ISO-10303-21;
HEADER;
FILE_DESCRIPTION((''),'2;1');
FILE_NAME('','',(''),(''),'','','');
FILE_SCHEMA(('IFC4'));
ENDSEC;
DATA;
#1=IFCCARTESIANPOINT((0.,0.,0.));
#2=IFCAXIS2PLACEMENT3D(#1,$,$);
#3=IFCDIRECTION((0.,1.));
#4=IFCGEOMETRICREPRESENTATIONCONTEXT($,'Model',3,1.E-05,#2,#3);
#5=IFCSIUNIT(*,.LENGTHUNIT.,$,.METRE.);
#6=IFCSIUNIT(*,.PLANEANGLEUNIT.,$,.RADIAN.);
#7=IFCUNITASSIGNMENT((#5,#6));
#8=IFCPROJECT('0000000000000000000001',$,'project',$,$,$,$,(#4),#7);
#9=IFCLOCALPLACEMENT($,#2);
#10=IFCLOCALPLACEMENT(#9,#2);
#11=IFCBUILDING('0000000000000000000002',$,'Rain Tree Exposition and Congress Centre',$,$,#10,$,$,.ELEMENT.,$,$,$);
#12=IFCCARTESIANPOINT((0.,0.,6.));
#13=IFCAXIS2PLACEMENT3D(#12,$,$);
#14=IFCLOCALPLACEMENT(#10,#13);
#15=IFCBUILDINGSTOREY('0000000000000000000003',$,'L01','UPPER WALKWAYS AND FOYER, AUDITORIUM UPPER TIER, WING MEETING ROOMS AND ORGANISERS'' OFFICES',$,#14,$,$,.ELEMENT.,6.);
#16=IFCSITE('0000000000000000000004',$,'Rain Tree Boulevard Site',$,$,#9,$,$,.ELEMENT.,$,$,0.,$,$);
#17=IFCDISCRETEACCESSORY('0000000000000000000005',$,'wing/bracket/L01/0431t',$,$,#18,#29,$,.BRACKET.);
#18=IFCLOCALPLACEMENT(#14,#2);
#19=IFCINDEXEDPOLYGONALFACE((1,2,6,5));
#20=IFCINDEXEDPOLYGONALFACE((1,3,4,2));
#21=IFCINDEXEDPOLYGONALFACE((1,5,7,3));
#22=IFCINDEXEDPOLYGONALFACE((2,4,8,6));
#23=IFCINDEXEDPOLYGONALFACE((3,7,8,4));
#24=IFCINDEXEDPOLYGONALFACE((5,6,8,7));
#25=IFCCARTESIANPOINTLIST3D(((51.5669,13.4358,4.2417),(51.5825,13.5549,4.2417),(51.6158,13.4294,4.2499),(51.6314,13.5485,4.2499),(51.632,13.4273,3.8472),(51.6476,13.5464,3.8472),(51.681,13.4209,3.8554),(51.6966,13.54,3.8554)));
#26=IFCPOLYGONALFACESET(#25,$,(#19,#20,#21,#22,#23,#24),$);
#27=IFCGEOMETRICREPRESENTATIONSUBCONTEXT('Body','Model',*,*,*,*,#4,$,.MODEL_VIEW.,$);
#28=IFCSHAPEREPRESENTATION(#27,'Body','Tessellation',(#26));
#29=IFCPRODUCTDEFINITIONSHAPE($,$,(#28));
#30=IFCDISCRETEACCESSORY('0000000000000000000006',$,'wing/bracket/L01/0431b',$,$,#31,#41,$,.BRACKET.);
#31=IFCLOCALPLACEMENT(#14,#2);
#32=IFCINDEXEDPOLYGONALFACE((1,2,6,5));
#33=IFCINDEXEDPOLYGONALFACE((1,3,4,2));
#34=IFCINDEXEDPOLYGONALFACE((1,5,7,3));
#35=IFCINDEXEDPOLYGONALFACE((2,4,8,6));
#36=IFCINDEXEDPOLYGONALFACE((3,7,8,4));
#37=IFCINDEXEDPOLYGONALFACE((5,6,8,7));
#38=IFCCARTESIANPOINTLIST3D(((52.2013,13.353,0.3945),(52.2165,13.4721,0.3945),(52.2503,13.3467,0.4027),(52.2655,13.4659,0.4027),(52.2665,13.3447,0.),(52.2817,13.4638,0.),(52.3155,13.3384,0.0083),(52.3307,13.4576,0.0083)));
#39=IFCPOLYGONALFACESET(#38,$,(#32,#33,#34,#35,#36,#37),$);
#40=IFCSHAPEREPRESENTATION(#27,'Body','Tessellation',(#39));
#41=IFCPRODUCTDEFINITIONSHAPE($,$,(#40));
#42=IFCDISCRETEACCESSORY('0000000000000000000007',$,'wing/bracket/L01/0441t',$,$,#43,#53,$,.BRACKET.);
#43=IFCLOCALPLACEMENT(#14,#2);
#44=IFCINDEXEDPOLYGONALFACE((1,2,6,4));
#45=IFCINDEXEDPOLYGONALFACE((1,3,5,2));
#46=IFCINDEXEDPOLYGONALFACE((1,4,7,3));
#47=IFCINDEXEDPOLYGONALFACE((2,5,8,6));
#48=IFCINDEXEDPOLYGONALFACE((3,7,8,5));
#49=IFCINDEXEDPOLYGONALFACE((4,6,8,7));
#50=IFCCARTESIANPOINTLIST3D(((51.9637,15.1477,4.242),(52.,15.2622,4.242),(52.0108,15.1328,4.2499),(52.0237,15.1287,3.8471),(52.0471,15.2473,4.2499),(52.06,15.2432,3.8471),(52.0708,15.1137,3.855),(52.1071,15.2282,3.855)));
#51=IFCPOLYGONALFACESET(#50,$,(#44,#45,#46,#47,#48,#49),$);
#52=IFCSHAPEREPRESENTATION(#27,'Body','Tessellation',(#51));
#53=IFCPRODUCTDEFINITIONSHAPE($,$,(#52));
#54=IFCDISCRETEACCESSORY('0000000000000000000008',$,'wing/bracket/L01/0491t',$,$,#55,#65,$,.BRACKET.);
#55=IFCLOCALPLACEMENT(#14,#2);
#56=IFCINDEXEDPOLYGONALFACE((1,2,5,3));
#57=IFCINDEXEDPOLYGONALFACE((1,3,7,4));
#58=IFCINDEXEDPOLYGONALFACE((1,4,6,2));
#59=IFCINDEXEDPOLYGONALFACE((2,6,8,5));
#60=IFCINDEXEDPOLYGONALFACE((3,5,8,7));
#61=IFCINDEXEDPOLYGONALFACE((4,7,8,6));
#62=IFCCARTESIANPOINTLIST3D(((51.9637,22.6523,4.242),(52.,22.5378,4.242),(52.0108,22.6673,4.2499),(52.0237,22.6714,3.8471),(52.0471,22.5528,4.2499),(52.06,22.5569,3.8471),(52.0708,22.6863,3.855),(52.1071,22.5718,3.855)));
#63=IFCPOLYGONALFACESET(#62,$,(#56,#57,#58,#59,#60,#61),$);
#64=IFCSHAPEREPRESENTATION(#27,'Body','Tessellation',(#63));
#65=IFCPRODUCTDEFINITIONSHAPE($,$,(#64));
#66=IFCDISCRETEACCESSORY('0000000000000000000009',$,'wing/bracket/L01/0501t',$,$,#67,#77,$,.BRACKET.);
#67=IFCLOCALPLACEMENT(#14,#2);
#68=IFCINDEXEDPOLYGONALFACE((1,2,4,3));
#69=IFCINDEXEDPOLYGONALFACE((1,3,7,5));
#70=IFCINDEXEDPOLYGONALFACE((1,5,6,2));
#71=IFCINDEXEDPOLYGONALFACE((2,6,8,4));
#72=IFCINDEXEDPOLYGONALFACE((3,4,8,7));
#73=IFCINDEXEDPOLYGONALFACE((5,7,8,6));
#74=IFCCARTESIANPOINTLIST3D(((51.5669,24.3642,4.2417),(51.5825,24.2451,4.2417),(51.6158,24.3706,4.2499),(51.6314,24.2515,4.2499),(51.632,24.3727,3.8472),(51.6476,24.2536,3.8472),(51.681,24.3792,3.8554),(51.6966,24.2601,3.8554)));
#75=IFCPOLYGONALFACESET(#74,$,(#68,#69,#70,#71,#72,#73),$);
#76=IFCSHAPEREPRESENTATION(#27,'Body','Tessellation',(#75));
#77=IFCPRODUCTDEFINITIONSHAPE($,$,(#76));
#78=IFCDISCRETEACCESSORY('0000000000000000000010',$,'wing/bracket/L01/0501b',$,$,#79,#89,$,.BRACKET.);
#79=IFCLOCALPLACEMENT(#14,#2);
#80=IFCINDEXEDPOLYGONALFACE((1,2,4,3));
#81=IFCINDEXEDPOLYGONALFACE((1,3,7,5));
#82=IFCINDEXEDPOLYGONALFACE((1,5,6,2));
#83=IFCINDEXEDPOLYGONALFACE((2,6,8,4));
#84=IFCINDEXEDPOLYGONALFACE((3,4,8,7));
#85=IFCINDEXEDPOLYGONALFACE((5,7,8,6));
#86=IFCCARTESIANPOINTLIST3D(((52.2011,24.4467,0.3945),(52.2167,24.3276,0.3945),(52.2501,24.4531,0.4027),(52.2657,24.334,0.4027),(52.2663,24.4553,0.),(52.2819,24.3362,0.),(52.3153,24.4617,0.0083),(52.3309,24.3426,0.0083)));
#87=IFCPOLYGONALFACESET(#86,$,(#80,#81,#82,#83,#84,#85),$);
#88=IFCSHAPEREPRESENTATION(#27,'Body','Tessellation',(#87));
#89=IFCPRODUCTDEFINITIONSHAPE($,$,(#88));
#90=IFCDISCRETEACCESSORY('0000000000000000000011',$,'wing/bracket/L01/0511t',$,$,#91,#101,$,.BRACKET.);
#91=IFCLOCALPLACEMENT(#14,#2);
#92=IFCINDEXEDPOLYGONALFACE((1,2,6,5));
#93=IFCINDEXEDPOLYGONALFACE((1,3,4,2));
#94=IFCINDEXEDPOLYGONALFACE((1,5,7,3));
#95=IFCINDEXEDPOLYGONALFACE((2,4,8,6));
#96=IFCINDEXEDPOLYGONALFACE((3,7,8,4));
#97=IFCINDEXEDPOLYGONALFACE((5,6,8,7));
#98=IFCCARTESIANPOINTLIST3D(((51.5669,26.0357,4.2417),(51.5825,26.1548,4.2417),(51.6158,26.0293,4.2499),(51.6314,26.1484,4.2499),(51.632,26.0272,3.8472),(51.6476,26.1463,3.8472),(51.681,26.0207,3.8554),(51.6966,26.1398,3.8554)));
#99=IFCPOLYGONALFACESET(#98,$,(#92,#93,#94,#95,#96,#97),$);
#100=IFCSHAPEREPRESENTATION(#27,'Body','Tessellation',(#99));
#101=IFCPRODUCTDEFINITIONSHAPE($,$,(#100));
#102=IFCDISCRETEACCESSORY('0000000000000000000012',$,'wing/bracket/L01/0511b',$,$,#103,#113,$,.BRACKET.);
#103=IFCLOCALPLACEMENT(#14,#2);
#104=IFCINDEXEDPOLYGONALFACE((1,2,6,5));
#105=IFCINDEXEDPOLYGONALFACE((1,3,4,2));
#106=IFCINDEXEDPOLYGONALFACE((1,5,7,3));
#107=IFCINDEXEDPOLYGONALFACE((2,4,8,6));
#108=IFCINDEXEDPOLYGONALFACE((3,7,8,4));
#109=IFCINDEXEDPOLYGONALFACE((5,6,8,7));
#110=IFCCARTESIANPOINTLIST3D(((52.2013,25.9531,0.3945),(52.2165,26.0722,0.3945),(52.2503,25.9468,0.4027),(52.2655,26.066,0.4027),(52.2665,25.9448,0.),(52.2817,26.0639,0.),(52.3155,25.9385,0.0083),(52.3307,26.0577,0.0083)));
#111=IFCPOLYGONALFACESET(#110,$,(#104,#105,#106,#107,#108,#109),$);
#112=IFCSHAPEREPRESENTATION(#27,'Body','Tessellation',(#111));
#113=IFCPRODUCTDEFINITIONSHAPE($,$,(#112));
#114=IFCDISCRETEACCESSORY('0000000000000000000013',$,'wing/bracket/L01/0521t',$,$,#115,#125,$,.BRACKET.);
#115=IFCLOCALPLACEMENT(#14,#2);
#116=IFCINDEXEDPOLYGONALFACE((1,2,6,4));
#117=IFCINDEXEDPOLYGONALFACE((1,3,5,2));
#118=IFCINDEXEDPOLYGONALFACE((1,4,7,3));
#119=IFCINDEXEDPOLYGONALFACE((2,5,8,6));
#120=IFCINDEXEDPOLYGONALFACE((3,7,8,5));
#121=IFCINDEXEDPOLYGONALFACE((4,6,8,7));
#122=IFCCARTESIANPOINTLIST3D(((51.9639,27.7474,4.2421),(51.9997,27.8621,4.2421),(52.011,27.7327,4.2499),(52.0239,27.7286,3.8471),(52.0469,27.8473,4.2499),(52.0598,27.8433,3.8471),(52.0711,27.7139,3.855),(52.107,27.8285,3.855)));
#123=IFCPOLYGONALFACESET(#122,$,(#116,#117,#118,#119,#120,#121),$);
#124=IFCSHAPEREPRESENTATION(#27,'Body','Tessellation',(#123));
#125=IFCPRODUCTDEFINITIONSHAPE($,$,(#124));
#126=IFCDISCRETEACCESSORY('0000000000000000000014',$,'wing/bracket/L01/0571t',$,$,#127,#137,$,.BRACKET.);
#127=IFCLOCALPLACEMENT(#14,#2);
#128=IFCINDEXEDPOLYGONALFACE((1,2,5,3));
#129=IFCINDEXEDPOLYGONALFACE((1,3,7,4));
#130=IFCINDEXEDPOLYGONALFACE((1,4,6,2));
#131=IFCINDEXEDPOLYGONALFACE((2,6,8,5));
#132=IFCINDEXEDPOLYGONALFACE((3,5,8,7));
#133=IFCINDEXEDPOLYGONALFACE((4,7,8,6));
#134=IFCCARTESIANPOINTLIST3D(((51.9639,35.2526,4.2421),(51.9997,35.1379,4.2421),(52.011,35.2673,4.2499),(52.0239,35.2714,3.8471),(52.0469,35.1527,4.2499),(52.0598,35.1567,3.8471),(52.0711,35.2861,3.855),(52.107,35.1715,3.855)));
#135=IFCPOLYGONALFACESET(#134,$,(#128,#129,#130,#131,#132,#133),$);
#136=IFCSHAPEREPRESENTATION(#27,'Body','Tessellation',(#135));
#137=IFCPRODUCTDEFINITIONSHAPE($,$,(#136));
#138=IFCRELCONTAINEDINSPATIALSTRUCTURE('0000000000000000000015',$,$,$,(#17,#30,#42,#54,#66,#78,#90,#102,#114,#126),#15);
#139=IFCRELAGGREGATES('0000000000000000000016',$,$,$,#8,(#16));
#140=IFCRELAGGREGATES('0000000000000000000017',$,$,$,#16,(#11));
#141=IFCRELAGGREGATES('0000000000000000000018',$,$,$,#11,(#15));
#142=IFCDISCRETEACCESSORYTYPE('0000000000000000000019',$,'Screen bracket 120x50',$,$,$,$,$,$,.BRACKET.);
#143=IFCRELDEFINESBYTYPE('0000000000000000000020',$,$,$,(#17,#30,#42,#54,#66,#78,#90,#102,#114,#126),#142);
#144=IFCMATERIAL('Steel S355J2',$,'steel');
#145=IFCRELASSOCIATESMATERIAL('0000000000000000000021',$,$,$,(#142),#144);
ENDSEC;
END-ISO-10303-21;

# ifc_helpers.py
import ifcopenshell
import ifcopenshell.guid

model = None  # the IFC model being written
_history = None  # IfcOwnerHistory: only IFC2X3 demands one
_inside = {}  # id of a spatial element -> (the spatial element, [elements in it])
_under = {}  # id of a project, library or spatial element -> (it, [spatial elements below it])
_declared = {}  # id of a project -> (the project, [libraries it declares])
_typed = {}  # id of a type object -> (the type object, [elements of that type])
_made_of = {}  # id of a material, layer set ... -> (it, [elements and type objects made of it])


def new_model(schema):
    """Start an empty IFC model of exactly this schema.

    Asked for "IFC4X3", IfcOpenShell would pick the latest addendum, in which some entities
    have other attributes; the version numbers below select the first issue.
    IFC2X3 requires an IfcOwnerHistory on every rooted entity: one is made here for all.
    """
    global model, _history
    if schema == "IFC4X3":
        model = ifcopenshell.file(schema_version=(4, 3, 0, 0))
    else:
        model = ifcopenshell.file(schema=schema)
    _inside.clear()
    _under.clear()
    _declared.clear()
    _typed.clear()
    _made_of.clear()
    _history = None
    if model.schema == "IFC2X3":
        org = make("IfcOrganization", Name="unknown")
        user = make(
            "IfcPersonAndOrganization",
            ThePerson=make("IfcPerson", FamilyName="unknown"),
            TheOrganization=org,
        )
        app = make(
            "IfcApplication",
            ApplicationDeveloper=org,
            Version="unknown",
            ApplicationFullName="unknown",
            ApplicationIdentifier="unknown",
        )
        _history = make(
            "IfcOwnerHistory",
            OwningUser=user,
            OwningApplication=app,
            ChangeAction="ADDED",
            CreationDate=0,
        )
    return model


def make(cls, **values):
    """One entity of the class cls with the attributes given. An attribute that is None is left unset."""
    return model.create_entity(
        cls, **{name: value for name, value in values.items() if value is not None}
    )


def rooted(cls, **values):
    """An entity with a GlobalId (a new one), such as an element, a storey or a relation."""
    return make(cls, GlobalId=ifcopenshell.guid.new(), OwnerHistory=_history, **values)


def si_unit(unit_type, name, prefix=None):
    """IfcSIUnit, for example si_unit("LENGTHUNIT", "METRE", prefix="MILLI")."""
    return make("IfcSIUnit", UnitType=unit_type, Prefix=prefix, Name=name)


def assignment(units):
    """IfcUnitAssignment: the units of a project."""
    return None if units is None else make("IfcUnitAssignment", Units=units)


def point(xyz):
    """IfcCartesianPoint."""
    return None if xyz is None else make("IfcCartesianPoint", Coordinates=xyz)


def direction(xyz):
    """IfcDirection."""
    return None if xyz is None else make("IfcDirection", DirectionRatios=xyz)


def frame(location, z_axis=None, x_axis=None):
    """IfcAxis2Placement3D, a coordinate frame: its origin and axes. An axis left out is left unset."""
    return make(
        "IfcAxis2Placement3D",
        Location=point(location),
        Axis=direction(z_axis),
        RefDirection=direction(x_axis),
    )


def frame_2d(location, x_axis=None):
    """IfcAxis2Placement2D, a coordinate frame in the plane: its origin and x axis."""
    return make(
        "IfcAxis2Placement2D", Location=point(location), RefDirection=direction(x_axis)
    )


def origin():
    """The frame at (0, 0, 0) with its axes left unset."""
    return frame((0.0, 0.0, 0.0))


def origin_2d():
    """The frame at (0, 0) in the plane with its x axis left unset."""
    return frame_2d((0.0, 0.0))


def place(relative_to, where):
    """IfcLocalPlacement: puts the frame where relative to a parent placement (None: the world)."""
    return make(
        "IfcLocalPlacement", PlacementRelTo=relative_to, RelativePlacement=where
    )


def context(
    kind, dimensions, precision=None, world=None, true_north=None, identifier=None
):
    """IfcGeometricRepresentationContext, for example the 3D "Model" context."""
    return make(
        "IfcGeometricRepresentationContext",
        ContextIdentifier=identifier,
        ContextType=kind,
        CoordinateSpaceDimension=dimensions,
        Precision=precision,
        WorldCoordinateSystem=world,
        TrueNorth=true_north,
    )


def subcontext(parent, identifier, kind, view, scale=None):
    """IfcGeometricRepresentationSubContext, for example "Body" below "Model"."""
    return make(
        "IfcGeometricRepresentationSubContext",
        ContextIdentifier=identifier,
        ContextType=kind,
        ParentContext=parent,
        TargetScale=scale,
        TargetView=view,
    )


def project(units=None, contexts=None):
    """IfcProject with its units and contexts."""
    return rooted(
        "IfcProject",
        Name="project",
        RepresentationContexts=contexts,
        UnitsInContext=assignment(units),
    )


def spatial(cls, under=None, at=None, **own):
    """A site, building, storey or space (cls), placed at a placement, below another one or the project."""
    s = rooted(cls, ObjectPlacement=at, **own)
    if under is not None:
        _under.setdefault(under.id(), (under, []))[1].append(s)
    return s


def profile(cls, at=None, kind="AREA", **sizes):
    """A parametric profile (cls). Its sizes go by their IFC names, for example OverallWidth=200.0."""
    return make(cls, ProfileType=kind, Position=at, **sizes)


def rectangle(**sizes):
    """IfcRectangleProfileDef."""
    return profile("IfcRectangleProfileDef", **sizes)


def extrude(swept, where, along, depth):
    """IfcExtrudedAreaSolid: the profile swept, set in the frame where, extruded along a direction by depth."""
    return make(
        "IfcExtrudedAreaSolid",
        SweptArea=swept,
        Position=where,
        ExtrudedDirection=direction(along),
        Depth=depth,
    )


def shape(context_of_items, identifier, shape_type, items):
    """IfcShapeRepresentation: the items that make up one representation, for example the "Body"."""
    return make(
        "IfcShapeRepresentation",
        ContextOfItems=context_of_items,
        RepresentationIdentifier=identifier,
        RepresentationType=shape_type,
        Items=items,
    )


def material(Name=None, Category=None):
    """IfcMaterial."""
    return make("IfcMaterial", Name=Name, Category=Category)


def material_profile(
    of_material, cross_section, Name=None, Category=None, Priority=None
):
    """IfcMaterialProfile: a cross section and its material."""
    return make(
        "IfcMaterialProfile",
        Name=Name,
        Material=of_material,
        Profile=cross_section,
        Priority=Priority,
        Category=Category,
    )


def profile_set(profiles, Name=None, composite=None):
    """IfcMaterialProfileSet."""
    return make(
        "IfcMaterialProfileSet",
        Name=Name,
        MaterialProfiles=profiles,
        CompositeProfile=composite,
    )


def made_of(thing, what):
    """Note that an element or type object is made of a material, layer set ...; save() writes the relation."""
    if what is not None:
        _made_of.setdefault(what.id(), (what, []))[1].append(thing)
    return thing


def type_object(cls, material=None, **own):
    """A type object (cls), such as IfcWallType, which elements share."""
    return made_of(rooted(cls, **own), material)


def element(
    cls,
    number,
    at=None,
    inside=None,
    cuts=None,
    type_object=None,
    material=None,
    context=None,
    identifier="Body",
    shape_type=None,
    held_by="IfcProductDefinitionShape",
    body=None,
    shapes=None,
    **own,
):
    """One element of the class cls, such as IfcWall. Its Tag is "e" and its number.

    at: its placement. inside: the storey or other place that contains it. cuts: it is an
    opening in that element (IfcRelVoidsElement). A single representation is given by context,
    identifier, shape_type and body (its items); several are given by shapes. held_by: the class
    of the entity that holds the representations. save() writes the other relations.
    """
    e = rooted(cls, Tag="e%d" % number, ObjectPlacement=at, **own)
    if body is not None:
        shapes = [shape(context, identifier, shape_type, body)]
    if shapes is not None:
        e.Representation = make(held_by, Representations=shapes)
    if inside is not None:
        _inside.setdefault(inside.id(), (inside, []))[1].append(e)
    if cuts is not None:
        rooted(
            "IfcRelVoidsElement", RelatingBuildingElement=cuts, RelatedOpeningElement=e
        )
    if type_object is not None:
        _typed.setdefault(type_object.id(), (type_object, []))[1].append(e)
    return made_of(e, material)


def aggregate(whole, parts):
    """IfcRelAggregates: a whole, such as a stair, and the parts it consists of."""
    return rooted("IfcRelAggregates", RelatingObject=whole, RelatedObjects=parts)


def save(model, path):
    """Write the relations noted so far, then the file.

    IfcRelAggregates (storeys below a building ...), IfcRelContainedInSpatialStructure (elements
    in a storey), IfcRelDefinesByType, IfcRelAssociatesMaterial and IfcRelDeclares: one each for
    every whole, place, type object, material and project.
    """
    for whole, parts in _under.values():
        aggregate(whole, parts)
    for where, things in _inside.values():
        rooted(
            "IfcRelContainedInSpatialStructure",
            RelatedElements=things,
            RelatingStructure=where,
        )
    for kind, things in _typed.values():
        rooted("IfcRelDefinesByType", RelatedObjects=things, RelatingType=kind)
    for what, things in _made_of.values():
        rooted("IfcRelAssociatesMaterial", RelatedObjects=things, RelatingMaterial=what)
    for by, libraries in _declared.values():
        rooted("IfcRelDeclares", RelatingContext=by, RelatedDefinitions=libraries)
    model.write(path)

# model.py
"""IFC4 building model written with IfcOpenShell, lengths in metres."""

from ifc_helpers import new_model, si_unit, direction, frame, origin, origin_2d, place, context, subcontext, project, spatial, rectangle, extrude, material, material_profile, profile_set, type_object, element, save


model = new_model("IFC4")

# Units and contexts
model_context = context("Model", 3, precision=1e-05, world=origin(), true_north=direction((0.0, 1.0)))
body_context = subcontext(model_context, "Body", "Model", "MODEL_VIEW")
ifc_project = project(units=[si_unit("LENGTHUNIT", "METRE"), si_unit("PLANEANGLEUNIT", "RADIAN")], contexts=[model_context])

# Site, building, storey
site_placement = place(None, origin())
site = spatial("IfcSite", under=ifc_project, at=site_placement, Name="Rain Tree Boulevard Site", CompositionType="ELEMENT", RefElevation=0.0)
building_placement = place(site_placement, origin())
building = spatial("IfcBuilding", under=site, at=building_placement, Name="Rain Tree Exposition and Congress Centre", CompositionType="ELEMENT")
storey_placement = place(building_placement, frame((0.0, 0.0, 6.0)))
storey = spatial("IfcBuildingStorey", under=building, at=storey_placement, Name="L01", Description="UPPER WALKWAYS AND FOYER, AUDITORIUM UPPER TIER, WING MEETING ROOMS AND ORGANISERS' OFFICES", CompositionType="ELEMENT", Elevation=6.0)

# Discrete accessories
ifc_material_1 = material(Name="Steel S355J2", Category="steel")
ifc_material_profile_1 = material_profile(ifc_material_1, rectangle(XDim=0.1201, YDim=0.05, at=origin_2d()), Name="Flat bar 120x50")
ifc_profile_set_1 = profile_set([ifc_material_profile_1], Name="Steel S355J2")
discrete_accessory_type = type_object("IfcDiscreteAccessoryType", Name="Screen bracket 120x50", PredefinedType="BRACKET", material=ifc_profile_set_1)
for number, where, z_axis, x_axis, name in (
    (1, (51.6643, 13.4836, 3.8513), (-0.162976, 0.021364, 0.986399), (-0.129974, -0.991517, 0.0), "wing/bracket/L01/0431t"),
    (2, (52.2986, 13.4011, 0.0042), (-0.162978, 0.020754, 0.986411), (-0.126321, -0.991989, 0.0), "wing/bracket/L01/0431b"),
    (3, (52.0654, 15.1785, 3.8511), (-0.150142, 0.047606, 0.987518), (-0.302244, -0.953231, 0.0), "wing/bracket/L01/0441t"),
    (4, (52.0654, 22.6216, 3.8511), (-0.150142, -0.047606, 0.987518), (0.302244, -0.953231, 0.0), "wing/bracket/L01/0491t"),
    (5, (51.6643, 24.3164, 3.8513), (-0.162976, -0.021364, 0.986399), (0.129974, -0.991517, 0.0), "wing/bracket/L01/0501t"),
    (6, (52.2986, 24.3989, 0.0042), (-0.162976, -0.021364, 0.986399), (0.129974, -0.991517, 0.0), "wing/bracket/L01/0501b"),
    (7, (51.6643, 26.0835, 3.8513), (-0.162976, 0.021364, 0.986399), (-0.129974, -0.991517, 0.0), "wing/bracket/L01/0511t"),
    (8, (52.2986, 26.0012, 0.0042), (-0.162978, 0.020754, 0.986411), (-0.126321, -0.991989, 0.0), "wing/bracket/L01/0511b"),
    (9, (52.0654, 27.7786, 3.8511), (-0.150146, 0.046997, 0.987546), (-0.298717, -0.954342, 0.0), "wing/bracket/L01/0521t"),
    (10, (52.0654, 35.2214, 3.8511), (-0.150146, -0.046997, 0.987546), (0.298717, -0.954342, 0.0), "wing/bracket/L01/0571t"),
):
    element("IfcDiscreteAccessory", number, at=place(storey_placement, frame(where, z_axis=z_axis, x_axis=x_axis)), inside=storey, type_object=discrete_accessory_type, Name=name, PredefinedType="BRACKET", context=body_context, shape_type="SweptSolid", body=[
        extrude(rectangle(XDim=0.1201, YDim=0.05, at=origin_2d()), origin(), (0.0, 0.0, 1.0), 0.3999),
    ])

save(model, "model.ifc")
